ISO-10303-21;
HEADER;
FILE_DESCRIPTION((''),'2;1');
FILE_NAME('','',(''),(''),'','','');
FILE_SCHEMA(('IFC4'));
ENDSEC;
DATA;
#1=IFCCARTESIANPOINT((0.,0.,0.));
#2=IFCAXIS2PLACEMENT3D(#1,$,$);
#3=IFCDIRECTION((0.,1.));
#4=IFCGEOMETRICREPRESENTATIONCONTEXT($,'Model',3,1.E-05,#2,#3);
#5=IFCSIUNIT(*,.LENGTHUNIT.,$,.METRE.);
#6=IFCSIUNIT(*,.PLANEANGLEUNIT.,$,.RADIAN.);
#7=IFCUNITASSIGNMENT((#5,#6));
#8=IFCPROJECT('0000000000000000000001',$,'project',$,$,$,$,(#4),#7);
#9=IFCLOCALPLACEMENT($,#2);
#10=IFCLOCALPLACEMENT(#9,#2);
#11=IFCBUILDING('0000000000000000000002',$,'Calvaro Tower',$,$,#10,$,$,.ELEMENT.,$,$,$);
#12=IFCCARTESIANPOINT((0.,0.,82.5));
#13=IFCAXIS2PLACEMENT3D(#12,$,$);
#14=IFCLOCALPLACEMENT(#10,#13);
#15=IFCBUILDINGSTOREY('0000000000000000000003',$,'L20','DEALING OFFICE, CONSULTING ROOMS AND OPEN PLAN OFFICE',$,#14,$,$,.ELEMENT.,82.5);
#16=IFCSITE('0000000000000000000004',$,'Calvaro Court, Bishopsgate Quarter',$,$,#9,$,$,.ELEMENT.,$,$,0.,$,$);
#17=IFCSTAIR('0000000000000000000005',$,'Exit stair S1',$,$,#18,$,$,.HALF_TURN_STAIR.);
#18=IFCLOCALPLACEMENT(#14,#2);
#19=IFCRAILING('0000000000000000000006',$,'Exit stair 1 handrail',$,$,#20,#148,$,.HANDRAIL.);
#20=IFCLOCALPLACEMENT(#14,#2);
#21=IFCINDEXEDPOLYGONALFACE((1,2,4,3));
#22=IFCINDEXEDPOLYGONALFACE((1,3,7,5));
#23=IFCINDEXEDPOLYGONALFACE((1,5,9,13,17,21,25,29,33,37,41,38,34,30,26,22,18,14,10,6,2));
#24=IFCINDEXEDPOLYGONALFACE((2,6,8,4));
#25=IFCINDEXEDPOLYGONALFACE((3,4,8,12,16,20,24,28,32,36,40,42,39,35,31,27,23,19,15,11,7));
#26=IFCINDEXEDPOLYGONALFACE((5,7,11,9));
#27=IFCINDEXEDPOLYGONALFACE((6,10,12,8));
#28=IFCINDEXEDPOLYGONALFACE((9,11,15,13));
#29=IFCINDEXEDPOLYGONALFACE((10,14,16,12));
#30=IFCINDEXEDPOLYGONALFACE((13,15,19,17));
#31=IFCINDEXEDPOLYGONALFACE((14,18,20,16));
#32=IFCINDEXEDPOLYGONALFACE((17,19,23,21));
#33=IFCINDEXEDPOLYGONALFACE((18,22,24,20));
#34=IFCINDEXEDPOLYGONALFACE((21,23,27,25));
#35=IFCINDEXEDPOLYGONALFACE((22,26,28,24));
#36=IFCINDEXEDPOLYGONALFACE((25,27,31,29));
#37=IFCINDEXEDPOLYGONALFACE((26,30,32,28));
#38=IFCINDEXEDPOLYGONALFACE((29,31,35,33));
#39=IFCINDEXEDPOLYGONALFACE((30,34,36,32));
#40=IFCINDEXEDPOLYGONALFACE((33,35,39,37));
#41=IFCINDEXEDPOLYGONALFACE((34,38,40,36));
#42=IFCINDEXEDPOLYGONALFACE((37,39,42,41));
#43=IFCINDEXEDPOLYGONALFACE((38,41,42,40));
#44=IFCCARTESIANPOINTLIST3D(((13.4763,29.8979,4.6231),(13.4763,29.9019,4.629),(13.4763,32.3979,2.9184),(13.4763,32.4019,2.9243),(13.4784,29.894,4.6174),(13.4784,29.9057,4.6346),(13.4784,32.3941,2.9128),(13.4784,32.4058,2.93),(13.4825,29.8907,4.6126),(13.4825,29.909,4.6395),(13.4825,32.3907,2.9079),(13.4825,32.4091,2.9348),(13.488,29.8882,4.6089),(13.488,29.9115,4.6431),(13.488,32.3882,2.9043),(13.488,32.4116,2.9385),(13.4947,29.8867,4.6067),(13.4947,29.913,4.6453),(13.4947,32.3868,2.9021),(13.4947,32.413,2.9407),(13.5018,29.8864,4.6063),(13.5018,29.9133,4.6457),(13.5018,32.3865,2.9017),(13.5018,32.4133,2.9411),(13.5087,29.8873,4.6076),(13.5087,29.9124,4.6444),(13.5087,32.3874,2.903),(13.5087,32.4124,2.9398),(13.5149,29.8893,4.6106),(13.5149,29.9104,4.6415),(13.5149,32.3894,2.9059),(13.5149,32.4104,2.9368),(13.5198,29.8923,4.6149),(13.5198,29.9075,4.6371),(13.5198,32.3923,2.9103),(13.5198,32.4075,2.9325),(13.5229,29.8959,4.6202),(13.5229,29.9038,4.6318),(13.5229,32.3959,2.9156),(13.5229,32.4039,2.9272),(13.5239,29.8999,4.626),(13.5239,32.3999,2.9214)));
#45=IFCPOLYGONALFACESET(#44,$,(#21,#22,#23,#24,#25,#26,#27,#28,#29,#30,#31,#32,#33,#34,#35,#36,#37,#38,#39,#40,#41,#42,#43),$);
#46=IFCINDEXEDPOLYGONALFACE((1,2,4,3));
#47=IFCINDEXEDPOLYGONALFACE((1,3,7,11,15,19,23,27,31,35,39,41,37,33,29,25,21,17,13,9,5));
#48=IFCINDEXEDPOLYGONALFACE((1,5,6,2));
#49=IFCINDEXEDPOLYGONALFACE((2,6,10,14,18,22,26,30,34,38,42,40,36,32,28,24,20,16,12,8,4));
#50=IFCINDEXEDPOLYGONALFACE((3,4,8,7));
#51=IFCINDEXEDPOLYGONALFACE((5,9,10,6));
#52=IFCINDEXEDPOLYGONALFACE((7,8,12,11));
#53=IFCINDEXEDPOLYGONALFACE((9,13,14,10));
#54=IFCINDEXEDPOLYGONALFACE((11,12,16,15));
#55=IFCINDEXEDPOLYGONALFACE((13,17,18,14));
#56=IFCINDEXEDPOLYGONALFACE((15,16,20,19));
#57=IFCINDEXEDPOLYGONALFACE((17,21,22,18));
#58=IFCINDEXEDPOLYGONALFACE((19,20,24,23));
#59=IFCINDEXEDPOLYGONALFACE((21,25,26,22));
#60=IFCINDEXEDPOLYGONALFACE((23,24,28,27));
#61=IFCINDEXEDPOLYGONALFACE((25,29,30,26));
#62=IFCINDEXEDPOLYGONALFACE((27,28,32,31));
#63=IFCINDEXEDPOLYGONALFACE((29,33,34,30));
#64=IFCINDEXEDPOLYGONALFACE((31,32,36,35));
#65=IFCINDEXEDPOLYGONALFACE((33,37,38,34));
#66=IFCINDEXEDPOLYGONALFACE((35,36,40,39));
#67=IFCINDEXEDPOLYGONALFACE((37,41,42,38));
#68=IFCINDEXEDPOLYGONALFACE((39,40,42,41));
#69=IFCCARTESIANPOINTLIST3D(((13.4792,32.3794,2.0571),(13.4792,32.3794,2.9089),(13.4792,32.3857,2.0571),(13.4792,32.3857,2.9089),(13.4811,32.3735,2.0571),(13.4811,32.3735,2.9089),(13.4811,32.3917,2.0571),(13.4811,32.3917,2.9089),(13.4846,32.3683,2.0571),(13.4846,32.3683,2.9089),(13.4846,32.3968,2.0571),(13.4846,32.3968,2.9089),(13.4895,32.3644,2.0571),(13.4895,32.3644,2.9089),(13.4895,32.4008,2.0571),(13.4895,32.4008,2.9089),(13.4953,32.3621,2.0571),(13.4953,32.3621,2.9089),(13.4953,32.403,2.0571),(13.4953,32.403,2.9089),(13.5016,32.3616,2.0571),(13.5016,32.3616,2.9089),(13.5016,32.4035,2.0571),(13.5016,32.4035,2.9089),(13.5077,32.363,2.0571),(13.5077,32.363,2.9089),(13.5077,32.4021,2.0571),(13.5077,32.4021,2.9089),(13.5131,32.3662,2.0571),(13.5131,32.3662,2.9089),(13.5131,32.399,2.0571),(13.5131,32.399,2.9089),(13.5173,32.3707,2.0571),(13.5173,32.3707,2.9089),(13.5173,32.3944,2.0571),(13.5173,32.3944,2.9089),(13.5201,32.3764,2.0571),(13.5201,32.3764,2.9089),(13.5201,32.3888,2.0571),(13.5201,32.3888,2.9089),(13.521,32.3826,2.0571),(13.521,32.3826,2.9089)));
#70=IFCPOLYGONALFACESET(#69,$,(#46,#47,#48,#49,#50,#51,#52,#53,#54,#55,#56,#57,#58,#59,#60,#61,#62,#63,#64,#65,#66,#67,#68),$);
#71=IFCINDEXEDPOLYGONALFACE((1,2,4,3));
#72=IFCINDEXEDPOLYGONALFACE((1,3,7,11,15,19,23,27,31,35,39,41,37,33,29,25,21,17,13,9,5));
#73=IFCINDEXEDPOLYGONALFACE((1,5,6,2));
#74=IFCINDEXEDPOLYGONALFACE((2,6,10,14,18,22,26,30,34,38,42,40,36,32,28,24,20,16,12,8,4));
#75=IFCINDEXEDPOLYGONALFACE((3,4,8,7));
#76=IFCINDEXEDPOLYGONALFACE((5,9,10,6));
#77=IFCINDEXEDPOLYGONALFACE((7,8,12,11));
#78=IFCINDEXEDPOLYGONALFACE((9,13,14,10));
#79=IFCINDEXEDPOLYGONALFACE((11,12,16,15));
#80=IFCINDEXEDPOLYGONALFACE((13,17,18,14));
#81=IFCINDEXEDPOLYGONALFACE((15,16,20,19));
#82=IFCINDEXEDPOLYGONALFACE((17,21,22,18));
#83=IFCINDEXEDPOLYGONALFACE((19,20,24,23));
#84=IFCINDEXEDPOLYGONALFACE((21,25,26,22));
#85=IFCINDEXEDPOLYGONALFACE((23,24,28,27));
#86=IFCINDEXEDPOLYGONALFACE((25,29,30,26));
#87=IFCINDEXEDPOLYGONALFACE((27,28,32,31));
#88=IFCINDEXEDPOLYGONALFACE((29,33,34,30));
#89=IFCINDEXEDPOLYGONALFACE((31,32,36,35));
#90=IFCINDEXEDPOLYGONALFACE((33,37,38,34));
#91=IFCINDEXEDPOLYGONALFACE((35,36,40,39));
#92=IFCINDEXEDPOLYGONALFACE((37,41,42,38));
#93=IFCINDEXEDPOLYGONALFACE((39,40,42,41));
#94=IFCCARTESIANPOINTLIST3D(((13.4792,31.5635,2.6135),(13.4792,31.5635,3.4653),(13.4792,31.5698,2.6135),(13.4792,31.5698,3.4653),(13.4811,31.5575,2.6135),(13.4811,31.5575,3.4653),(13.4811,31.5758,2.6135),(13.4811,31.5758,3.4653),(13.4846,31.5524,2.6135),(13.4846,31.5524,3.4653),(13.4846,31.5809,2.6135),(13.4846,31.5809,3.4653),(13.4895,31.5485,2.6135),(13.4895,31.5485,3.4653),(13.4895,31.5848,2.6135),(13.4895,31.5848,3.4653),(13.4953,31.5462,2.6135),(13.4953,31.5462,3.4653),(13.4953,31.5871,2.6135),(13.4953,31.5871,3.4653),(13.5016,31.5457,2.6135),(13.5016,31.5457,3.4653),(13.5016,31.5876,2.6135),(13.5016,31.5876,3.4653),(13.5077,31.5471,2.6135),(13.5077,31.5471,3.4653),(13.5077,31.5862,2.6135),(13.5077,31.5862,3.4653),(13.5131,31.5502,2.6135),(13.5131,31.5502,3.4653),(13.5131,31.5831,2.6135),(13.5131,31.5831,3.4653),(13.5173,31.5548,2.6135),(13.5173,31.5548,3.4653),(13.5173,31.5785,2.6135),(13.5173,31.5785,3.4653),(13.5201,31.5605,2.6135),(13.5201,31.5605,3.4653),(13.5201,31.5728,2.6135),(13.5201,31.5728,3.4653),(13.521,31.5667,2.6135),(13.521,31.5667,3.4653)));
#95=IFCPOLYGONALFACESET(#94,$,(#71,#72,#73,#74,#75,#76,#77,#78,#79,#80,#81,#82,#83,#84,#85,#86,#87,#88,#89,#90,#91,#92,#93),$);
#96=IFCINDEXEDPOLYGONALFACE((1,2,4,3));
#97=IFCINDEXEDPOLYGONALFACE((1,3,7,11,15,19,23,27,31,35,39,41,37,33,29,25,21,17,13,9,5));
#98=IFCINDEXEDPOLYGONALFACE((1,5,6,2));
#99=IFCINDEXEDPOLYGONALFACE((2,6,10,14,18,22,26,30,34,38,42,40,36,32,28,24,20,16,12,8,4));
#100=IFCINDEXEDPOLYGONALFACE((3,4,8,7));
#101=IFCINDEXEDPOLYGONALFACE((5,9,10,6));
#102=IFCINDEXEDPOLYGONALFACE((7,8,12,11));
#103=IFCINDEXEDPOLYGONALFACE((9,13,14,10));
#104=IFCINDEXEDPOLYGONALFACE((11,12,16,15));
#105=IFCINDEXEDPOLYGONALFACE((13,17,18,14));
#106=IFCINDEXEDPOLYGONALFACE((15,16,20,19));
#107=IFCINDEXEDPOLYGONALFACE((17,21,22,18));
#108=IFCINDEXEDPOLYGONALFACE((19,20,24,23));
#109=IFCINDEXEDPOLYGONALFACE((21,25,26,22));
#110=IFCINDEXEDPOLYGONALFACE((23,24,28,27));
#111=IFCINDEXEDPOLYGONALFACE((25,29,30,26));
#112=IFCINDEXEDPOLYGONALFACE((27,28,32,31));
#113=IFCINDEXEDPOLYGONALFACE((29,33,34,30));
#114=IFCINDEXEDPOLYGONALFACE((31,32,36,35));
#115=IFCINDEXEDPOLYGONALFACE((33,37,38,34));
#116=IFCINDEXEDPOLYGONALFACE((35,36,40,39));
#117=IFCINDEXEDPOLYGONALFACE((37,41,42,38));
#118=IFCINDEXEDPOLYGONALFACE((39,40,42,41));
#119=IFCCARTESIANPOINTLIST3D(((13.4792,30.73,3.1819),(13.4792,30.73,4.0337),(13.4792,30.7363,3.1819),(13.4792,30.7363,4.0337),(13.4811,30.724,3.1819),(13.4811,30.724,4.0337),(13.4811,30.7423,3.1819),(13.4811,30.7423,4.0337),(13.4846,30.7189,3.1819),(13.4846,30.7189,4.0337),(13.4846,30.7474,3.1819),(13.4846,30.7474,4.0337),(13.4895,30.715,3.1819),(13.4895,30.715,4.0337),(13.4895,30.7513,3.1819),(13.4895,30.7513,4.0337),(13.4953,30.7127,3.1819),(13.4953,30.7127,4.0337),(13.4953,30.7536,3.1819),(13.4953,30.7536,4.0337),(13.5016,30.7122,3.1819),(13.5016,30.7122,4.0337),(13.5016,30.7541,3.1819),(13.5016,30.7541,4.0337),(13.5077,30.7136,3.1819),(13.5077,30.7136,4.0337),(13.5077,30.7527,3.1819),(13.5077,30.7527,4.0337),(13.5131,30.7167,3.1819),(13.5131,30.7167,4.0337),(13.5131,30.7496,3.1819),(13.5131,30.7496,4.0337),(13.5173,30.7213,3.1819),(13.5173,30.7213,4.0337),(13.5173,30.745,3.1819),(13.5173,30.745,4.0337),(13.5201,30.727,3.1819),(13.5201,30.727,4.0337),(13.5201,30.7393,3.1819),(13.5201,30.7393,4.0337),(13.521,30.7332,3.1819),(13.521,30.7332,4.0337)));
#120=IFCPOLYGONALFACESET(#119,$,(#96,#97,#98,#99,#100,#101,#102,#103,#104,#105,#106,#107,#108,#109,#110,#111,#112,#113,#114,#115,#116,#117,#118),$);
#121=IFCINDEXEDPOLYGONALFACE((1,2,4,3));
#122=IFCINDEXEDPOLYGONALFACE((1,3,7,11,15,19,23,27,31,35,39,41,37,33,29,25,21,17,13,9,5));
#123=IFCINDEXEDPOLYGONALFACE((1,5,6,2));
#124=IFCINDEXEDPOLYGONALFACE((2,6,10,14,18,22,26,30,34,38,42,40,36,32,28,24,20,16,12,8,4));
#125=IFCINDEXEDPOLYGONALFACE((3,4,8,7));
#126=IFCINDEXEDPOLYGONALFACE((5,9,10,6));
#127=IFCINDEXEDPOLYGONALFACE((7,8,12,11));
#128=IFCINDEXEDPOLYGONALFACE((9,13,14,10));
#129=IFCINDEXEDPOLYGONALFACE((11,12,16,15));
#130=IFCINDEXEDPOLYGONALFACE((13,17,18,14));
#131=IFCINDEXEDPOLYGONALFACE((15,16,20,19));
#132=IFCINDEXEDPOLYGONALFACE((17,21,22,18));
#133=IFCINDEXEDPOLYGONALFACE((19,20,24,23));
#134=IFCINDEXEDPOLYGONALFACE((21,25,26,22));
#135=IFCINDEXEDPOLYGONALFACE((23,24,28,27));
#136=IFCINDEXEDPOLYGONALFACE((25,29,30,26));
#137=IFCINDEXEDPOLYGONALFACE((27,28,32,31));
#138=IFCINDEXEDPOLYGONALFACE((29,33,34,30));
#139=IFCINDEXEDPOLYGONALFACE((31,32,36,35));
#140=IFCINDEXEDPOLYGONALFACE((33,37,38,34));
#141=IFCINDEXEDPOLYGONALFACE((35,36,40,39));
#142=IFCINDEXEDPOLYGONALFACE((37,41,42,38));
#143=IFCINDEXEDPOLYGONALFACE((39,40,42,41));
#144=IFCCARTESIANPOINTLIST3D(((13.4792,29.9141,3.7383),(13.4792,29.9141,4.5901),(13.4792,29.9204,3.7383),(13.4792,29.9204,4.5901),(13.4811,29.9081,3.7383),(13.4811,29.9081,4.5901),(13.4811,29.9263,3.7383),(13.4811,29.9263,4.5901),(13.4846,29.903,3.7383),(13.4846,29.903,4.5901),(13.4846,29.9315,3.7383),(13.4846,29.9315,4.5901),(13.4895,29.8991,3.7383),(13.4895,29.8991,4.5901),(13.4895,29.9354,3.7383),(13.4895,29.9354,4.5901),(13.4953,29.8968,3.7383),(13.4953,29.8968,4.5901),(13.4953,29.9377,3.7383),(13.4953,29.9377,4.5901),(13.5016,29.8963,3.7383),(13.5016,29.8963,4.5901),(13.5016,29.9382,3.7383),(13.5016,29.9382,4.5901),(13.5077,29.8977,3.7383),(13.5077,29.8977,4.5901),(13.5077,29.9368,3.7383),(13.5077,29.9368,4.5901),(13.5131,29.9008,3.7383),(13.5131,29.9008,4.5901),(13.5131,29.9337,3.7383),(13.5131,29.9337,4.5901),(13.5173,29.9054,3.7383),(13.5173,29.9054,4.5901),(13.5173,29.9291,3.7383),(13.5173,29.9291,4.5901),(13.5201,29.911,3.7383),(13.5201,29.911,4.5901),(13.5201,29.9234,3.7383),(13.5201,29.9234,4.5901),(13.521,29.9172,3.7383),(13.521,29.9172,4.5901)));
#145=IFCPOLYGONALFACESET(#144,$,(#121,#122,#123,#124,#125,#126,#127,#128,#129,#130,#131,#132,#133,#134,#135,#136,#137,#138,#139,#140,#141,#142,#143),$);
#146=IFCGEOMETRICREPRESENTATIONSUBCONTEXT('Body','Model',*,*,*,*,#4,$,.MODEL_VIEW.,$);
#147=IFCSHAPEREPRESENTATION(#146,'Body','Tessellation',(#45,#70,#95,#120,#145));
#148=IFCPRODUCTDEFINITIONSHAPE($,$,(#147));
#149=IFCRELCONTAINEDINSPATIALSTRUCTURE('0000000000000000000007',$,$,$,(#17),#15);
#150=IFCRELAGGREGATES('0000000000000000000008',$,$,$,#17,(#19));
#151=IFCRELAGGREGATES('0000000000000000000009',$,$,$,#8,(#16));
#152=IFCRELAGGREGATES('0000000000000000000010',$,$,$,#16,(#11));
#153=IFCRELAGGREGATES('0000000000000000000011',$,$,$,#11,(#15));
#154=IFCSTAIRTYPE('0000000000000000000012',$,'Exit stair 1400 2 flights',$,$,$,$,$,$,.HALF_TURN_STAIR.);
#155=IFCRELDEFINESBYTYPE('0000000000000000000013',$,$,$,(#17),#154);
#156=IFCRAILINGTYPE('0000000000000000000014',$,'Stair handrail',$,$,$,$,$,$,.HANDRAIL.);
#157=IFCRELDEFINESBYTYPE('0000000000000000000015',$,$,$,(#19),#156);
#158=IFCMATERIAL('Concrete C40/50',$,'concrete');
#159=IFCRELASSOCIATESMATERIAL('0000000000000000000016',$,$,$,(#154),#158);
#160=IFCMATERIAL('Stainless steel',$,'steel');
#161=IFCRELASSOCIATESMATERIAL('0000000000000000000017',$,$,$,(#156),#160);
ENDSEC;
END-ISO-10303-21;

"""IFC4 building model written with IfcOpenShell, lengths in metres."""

from ifc_helpers import new_model, si_unit, direction, frame, origin, origin_2d, place, context, subcontext, project, spatial, circle, extrude, material, type_object, element, aggregate, save


model = new_model("IFC4")

# Units and contexts
model_context = context("Model", 3, precision=1e-05, world=origin(), true_north=direction((0.0, 1.0)))
body_context = subcontext(model_context, "Body", "Model", "MODEL_VIEW")
ifc_project = project(units=[si_unit("LENGTHUNIT", "METRE"), si_unit("PLANEANGLEUNIT", "RADIAN")], contexts=[model_context])

# Site, building, storey
site_placement = place(None, origin())
site = spatial("IfcSite", under=ifc_project, at=site_placement, Name="Calvaro Court, Bishopsgate Quarter", CompositionType="ELEMENT", RefElevation=0.0)
building_placement = place(site_placement, origin())
building = spatial("IfcBuilding", under=site, at=building_placement, Name="Calvaro Tower", CompositionType="ELEMENT")
storey_placement = place(building_placement, frame((0.0, 0.0, 82.5)))
storey = spatial("IfcBuildingStorey", under=building, at=storey_placement, Name="L20", Description="DEALING OFFICE, CONSULTING ROOMS AND OPEN PLAN OFFICE", CompositionType="ELEMENT", Elevation=82.5)

# Stair, railing
ifc_material_1 = material(Name="Concrete C40/50", Category="concrete")
stair_type = type_object("IfcStairType", Name="Exit stair 1400 2 flights", PredefinedType="HALF_TURN_STAIR", material=ifc_material_1)
stair_placement = place(storey_placement, origin())
stair = element("IfcStair", 1, at=stair_placement, inside=storey, type_object=stair_type, Name="Exit stair S1", PredefinedType="HALF_TURN_STAIR")
ifc_material_2 = material(Name="Stainless steel", Category="steel")
railing_type = type_object("IfcRailingType", Name="Stair handrail", PredefinedType="HANDRAIL", material=ifc_material_2)
railing_1_placement = place(storey_placement, frame((13.5, 32.3999, 2.0454)))
railing_1 = element("IfcRailing", 2, at=railing_1_placement, type_object=railing_type, Name="Exit stair 1 handrail", PredefinedType="HANDRAIL", context=body_context, shape_type="SweptSolid", body=[
    extrude(circle(Radius=0.0239, at=origin_2d()), frame((0.0, 0.0, 0.876), z_axis=(0.0, -0.826221, 0.563347), x_axis=(1.0, 0.0, 0.0)), (0.0, 0.0, 1.0), 3.0259),
    extrude(circle(Radius=0.021, at=origin_2d()), frame((0.0, -0.0173, 0.0117)), (0.0, 0.0, 1.0), 0.8518),
    extrude(circle(Radius=0.021, at=origin_2d()), frame((0.0, -0.8333, 0.5681)), (0.0, 0.0, 1.0), 0.8518),
    extrude(circle(Radius=0.021, at=origin_2d()), frame((0.0, -1.6667, 1.1365)), (0.0, 0.0, 1.0), 0.8518),
    extrude(circle(Radius=0.021, at=origin_2d()), frame((0.0, -2.4827, 1.6929)), (0.0, 0.0, 1.0), 0.8518),
])
aggregate(stair, [railing_1])

save(model, "model.ifc")
